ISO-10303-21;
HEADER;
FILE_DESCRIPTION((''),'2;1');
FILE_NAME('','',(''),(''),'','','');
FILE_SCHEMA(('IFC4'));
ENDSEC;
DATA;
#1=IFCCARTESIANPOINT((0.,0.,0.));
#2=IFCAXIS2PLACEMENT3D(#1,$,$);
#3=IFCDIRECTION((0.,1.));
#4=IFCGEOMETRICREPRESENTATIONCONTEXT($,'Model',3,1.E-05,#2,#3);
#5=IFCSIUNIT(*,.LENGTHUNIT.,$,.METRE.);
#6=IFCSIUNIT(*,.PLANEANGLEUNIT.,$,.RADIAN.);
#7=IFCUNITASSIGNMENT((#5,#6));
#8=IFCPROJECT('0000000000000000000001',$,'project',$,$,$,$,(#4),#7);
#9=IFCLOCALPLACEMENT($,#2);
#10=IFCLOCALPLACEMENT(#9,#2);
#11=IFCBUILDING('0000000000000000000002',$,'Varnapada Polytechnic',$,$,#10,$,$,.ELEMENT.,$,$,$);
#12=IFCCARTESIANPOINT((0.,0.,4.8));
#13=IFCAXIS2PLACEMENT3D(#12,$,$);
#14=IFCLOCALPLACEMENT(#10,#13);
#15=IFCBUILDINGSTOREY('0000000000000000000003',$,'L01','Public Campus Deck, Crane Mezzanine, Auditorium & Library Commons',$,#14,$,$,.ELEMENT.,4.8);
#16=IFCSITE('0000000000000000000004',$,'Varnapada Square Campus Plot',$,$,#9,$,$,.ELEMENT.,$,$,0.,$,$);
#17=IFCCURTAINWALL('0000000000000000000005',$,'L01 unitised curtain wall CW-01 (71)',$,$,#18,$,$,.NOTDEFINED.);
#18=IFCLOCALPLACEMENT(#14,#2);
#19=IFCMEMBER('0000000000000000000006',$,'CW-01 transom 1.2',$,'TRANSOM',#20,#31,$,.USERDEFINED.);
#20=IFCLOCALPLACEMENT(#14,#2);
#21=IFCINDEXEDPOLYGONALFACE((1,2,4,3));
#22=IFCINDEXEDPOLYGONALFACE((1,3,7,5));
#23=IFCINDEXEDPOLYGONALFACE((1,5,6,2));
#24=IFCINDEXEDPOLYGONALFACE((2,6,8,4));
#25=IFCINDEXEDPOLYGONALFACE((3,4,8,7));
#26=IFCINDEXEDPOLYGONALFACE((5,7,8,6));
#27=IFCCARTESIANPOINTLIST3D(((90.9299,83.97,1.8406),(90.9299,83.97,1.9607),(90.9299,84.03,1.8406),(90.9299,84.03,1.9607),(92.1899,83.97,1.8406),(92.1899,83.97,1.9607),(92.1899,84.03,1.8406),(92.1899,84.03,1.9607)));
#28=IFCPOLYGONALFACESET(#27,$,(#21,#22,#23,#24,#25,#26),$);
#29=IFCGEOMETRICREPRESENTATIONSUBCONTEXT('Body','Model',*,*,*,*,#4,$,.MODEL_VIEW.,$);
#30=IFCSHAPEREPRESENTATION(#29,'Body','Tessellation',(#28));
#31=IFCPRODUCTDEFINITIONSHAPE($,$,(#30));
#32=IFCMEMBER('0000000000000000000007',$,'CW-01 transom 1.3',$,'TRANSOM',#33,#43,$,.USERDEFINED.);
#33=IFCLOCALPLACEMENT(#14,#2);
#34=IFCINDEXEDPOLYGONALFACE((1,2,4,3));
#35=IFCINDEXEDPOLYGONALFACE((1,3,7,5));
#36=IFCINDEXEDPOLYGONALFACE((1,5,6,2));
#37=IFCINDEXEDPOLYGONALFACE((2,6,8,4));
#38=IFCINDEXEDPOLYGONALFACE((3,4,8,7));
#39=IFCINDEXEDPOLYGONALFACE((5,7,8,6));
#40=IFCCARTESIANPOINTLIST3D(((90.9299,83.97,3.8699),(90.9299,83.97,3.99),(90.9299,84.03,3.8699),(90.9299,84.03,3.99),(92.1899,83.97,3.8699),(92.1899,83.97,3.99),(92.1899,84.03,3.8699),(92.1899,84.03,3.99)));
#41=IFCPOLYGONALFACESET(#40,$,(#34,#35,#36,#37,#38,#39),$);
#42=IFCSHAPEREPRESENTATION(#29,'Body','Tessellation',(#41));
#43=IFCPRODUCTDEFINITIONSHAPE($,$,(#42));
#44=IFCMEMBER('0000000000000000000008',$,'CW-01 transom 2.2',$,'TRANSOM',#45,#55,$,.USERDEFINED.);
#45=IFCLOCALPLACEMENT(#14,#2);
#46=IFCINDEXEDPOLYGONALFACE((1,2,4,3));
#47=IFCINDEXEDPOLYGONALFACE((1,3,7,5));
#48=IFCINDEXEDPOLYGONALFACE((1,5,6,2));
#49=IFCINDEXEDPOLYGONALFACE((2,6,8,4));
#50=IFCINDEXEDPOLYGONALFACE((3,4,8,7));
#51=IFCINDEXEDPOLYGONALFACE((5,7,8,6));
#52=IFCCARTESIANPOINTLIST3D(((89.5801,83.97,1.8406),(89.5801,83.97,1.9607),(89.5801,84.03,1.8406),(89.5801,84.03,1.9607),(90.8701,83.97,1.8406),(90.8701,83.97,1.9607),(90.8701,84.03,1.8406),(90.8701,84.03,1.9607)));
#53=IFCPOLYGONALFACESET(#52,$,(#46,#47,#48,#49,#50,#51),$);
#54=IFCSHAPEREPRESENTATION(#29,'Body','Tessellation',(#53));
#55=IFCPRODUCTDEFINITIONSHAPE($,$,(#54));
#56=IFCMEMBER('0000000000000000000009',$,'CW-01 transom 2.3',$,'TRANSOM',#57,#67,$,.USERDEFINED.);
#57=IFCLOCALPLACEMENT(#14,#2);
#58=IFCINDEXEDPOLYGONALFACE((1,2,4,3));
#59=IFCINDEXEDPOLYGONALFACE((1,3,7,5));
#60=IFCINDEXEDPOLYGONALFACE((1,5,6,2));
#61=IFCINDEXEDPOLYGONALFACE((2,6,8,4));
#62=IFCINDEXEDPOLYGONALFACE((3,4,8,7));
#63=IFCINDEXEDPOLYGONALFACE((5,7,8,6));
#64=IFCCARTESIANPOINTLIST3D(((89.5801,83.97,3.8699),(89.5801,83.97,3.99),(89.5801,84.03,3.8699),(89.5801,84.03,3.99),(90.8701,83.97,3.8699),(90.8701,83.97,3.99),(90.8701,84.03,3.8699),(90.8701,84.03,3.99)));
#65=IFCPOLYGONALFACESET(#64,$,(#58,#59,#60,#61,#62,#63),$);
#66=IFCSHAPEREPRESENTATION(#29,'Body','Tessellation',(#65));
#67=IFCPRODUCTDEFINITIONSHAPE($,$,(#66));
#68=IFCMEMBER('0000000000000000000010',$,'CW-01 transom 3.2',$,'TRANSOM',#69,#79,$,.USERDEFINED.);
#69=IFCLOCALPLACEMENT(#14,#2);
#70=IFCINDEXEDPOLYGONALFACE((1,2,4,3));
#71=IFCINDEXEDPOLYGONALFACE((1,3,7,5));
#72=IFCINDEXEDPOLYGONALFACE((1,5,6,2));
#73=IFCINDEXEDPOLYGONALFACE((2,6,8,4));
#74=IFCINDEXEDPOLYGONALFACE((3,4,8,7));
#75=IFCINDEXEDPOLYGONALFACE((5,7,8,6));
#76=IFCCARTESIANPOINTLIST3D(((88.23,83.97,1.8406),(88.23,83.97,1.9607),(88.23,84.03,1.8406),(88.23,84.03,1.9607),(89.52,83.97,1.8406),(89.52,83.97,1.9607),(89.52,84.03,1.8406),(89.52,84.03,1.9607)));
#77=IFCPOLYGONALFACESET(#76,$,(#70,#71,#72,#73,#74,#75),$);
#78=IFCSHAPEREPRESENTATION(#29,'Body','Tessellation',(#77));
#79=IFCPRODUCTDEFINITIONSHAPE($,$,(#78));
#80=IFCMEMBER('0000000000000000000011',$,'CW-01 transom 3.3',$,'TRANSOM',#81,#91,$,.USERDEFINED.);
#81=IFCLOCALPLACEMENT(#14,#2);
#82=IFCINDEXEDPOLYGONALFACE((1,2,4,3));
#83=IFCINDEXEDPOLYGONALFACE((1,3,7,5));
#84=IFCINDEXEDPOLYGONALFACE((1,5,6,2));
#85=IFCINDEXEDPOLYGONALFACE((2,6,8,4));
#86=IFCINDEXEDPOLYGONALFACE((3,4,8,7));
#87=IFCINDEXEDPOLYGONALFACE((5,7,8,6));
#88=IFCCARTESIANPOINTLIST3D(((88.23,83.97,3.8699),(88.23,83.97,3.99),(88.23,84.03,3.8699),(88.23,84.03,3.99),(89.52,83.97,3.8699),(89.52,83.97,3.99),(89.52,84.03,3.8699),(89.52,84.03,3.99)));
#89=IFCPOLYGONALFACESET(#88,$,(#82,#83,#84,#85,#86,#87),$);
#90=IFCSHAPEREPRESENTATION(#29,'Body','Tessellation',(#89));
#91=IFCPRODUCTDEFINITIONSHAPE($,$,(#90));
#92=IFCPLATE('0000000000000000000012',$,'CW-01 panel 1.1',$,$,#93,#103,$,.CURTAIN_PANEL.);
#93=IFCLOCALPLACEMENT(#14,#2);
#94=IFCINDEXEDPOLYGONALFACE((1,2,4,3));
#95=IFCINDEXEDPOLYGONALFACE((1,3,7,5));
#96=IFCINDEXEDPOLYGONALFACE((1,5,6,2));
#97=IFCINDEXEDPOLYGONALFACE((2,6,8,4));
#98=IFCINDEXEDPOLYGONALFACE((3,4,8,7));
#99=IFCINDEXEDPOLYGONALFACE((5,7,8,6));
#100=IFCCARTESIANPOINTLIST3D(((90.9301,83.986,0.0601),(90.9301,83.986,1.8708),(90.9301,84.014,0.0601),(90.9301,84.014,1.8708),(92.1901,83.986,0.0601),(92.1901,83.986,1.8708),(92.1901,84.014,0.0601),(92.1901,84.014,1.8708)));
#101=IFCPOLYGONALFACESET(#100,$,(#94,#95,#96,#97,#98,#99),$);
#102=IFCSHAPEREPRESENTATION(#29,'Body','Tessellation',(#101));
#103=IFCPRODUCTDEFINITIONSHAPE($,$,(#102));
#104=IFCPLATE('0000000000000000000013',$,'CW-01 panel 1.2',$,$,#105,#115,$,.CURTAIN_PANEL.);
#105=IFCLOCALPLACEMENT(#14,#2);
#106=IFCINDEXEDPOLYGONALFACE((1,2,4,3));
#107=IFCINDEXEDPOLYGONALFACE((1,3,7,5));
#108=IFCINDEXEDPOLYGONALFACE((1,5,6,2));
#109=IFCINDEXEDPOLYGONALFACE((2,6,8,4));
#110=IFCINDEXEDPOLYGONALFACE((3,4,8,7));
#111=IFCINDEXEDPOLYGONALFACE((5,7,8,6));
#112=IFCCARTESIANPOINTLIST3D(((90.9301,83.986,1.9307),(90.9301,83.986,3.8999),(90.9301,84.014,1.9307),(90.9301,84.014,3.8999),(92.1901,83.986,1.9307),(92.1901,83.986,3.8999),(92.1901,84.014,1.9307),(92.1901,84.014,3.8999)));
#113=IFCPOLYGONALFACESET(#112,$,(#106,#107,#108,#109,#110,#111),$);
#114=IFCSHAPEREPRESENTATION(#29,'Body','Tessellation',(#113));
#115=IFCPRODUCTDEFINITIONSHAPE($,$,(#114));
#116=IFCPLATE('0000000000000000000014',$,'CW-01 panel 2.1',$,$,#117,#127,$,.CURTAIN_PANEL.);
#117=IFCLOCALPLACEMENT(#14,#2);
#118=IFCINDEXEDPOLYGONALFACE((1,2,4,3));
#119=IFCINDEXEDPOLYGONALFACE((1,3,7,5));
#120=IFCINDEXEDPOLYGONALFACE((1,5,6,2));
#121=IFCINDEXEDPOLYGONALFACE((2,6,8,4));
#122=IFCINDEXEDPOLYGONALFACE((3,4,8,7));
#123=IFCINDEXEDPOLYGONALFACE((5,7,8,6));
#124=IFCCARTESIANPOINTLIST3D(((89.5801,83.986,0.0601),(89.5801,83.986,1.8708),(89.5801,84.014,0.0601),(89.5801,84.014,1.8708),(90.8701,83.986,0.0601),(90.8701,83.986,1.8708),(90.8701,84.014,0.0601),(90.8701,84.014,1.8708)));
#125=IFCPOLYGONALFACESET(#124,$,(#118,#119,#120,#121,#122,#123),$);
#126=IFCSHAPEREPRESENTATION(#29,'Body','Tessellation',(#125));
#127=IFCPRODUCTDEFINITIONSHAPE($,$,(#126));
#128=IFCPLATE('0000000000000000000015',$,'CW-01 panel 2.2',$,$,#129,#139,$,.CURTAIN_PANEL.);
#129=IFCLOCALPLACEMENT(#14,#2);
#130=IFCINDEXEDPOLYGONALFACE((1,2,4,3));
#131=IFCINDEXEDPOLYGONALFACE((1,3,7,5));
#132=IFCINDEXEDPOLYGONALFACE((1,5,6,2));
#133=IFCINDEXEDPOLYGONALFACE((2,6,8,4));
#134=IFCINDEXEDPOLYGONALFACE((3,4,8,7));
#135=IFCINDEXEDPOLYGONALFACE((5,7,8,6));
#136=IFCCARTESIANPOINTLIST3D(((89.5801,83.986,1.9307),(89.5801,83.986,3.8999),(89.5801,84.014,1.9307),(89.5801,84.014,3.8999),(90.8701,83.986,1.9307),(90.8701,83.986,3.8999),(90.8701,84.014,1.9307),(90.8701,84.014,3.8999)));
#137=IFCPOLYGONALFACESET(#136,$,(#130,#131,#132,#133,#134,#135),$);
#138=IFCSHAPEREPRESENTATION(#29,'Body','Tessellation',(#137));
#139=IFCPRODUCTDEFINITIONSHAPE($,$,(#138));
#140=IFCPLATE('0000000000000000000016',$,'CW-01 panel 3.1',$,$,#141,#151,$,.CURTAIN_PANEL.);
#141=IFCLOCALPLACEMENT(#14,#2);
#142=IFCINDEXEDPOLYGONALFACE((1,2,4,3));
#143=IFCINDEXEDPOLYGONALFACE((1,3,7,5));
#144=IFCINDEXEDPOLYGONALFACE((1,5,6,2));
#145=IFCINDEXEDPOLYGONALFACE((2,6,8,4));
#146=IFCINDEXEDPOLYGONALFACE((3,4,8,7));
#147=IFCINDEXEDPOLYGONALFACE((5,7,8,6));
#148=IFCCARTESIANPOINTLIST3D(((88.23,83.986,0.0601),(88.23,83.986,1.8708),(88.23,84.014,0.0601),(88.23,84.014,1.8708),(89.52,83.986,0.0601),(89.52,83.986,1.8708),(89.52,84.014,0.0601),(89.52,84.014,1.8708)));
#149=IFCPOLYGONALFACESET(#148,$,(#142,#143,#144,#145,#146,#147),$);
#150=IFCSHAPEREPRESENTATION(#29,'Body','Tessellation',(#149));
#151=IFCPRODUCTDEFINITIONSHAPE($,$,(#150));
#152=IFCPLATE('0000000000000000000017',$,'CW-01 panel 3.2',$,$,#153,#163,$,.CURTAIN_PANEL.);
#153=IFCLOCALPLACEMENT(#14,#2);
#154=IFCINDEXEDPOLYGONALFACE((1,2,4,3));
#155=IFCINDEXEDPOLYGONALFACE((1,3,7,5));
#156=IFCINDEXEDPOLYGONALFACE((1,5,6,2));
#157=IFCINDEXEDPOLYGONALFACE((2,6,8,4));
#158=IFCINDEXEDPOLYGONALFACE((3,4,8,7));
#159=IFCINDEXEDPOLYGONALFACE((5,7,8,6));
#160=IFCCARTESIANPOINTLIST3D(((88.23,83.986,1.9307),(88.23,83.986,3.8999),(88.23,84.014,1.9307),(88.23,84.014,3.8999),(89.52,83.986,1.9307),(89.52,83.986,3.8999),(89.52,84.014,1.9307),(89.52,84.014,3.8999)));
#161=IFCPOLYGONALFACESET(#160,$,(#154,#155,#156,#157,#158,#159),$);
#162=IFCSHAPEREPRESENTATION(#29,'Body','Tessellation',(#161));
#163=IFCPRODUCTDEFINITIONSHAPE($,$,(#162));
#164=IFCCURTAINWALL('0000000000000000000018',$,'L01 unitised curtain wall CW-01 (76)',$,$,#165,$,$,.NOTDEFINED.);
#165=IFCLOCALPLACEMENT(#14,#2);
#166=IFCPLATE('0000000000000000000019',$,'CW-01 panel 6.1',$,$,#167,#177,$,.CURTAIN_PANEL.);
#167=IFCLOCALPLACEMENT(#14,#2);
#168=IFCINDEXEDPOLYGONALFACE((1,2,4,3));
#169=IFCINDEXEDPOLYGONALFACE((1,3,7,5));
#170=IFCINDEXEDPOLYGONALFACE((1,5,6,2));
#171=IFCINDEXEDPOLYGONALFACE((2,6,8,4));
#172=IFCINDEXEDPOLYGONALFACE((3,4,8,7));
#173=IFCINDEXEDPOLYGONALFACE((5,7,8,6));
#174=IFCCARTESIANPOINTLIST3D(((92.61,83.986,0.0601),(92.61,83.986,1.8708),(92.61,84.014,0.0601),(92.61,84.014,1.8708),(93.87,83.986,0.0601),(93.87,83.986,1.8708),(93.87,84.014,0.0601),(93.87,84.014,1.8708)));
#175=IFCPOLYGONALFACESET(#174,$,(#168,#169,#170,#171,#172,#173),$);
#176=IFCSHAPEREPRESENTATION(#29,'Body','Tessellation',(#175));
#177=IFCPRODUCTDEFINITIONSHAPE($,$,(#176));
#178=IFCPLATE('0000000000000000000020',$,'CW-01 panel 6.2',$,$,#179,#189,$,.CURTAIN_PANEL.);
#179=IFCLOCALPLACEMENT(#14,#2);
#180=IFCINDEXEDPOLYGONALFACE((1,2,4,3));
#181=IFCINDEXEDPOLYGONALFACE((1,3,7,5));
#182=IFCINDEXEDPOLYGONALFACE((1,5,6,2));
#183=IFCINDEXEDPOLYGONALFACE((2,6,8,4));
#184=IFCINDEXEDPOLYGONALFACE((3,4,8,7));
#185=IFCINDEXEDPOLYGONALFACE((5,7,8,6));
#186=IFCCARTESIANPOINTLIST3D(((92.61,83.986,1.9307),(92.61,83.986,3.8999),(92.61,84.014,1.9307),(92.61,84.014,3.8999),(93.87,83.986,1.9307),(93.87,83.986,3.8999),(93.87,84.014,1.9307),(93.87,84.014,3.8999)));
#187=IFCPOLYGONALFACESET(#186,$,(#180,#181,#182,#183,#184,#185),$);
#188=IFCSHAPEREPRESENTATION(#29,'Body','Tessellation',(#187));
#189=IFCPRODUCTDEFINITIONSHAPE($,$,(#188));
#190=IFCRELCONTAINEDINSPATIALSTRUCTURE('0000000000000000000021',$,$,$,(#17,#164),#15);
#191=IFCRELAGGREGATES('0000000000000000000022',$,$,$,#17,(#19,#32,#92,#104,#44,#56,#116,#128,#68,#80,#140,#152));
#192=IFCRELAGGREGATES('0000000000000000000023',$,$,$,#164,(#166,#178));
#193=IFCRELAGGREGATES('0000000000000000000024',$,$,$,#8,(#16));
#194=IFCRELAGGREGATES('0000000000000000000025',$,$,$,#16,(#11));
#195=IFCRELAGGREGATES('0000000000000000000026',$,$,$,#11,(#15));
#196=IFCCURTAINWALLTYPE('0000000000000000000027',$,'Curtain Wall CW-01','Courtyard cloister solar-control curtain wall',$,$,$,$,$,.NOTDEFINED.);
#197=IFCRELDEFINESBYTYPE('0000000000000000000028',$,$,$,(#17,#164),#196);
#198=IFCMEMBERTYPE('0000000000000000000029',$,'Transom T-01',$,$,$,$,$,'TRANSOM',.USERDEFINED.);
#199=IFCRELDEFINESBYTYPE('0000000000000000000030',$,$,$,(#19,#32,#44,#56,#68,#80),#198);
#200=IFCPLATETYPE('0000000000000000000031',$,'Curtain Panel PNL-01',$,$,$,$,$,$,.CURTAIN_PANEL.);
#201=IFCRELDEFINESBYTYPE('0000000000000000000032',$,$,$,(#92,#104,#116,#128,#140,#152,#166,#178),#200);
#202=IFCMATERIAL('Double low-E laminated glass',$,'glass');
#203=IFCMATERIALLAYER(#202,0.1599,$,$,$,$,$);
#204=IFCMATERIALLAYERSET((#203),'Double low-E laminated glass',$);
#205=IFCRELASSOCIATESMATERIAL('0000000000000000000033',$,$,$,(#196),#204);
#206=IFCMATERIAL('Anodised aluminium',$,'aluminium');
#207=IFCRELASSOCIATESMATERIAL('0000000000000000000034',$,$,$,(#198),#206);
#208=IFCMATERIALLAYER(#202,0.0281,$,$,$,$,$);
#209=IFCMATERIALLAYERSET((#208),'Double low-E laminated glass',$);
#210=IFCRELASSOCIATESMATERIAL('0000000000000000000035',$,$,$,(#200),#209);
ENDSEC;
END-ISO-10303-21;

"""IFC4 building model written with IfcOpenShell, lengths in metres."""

from ifc_helpers import new_model, si_unit, direction, frame, origin, origin_2d, place, context, subcontext, project, spatial, rectangle, extrude, material, layer, layer_set, material_profile, profile_set, type_object, element, aggregate, save


model = new_model("IFC4")

# Units and contexts
model_context = context("Model", 3, precision=1e-05, world=origin(), true_north=direction((0.0, 1.0)))
body_context = subcontext(model_context, "Body", "Model", "MODEL_VIEW")
ifc_project = project(units=[si_unit("LENGTHUNIT", "METRE"), si_unit("PLANEANGLEUNIT", "RADIAN")], contexts=[model_context])

# Site, building, storey
site_placement = place(None, origin())
site = spatial("IfcSite", under=ifc_project, at=site_placement, Name="Varnapada Square Campus Plot", CompositionType="ELEMENT", RefElevation=0.0)
building_placement = place(site_placement, origin())
building = spatial("IfcBuilding", under=site, at=building_placement, Name="Varnapada Polytechnic", CompositionType="ELEMENT")
storey_placement = place(building_placement, frame((0.0, 0.0, 4.8)))
storey = spatial("IfcBuildingStorey", under=building, at=storey_placement, Name="L01", Description="Public Campus Deck, Crane Mezzanine, Auditorium & Library Commons", CompositionType="ELEMENT", Elevation=4.8)

# Curtain wall, members, plates
ifc_material_1 = material(Name="Double low-E laminated glass", Category="glass")
ifc_layer_1 = layer(ifc_material_1, 0.1599)
ifc_layer_set_1 = layer_set([ifc_layer_1], Name="Double low-E laminated glass")
curtain_wall_type = type_object("IfcCurtainWallType", Name="Curtain Wall CW-01", Description="Courtyard cloister solar-control curtain wall", PredefinedType="NOTDEFINED", material=ifc_layer_set_1)
curtain_wall_1_placement = place(storey_placement, origin())
curtain_wall_1 = element("IfcCurtainWall", 1, at=curtain_wall_1_placement, inside=storey, type_object=curtain_wall_type, Name="L01 unitised curtain wall CW-01 (71)", PredefinedType="NOTDEFINED")
ifc_material_2 = material(Name="Anodised aluminium", Category="aluminium")
ifc_material_profile = material_profile(ifc_material_2, rectangle(XDim=0.0601, YDim=0.1201, at=origin_2d()), Name="ALU T60x120")
ifc_profile_set = profile_set([ifc_material_profile], Name="Anodised aluminium")
member_type = type_object("IfcMemberType", Name="Transom T-01", ElementType="TRANSOM", PredefinedType="USERDEFINED", material=ifc_profile_set)
member_1_placement = place(storey_placement, frame((92.1899, 84.0, 1.9006), z_axis=(-1.0, 0.0, 0.0), x_axis=(0.0, -1.0, 0.0)))
member_1 = element("IfcMember", 2, at=member_1_placement, type_object=member_type, Name="CW-01 transom 1.2", ObjectType="TRANSOM", PredefinedType="USERDEFINED", context=body_context, shape_type="SweptSolid", body=[
    extrude(rectangle(XDim=0.0601, YDim=0.1201, at=origin_2d()), origin(), (0.0, 0.0, 1.0), 1.26),
])
member_2_placement = place(storey_placement, frame((92.1899, 84.0, 3.9299), z_axis=(-1.0, 0.0, 0.0), x_axis=(0.0, -1.0, 0.0)))
member_2 = element("IfcMember", 3, at=member_2_placement, type_object=member_type, Name="CW-01 transom 1.3", ObjectType="TRANSOM", PredefinedType="USERDEFINED", context=body_context, shape_type="SweptSolid", body=[
    extrude(rectangle(XDim=0.0601, YDim=0.1201, at=origin_2d()), origin(), (0.0, 0.0, 1.0), 1.26),
])
member_3_placement = place(storey_placement, frame((90.8701, 84.0, 1.9006), z_axis=(-1.0, 0.0, 0.0), x_axis=(0.0, -1.0, 0.0)))
member_3 = element("IfcMember", 4, at=member_3_placement, type_object=member_type, Name="CW-01 transom 2.2", ObjectType="TRANSOM", PredefinedType="USERDEFINED", context=body_context, shape_type="SweptSolid", body=[
    extrude(rectangle(XDim=0.0601, YDim=0.1201, at=origin_2d()), origin(), (0.0, 0.0, 1.0), 1.29),
])
member_4_placement = place(storey_placement, frame((90.8701, 84.0, 3.9299), z_axis=(-1.0, 0.0, 0.0), x_axis=(0.0, -1.0, 0.0)))
member_4 = element("IfcMember", 5, at=member_4_placement, type_object=member_type, Name="CW-01 transom 2.3", ObjectType="TRANSOM", PredefinedType="USERDEFINED", context=body_context, shape_type="SweptSolid", body=[
    extrude(rectangle(XDim=0.0601, YDim=0.1201, at=origin_2d()), origin(), (0.0, 0.0, 1.0), 1.29),
])
member_5_placement = place(storey_placement, frame((89.52, 84.0, 1.9006), z_axis=(-1.0, 0.0, 0.0), x_axis=(0.0, -1.0, 0.0)))
member_5 = element("IfcMember", 6, at=member_5_placement, type_object=member_type, Name="CW-01 transom 3.2", ObjectType="TRANSOM", PredefinedType="USERDEFINED", context=body_context, shape_type="SweptSolid", body=[
    extrude(rectangle(XDim=0.0601, YDim=0.1201, at=origin_2d()), origin(), (0.0, 0.0, 1.0), 1.29),
])
member_6_placement = place(storey_placement, frame((89.52, 84.0, 3.9299), z_axis=(-1.0, 0.0, 0.0), x_axis=(0.0, -1.0, 0.0)))
member_6 = element("IfcMember", 7, at=member_6_placement, type_object=member_type, Name="CW-01 transom 3.3", ObjectType="TRANSOM", PredefinedType="USERDEFINED", context=body_context, shape_type="SweptSolid", body=[
    extrude(rectangle(XDim=0.0601, YDim=0.1201, at=origin_2d()), origin(), (0.0, 0.0, 1.0), 1.29),
])
ifc_layer_2 = layer(ifc_material_1, 0.0281)
ifc_layer_set_2 = layer_set([ifc_layer_2], Name="Double low-E laminated glass")
plate_type = type_object("IfcPlateType", Name="Curtain Panel PNL-01", PredefinedType="CURTAIN_PANEL", material=ifc_layer_set_2)
plate_1_placement = place(storey_placement, frame((91.5601, 84.0, 0.0601), z_axis=(0.0, 0.0, 1.0), x_axis=(-1.0, 0.0, 0.0)))
plate_1 = element("IfcPlate", 8, at=plate_1_placement, type_object=plate_type, Name="CW-01 panel 1.1", PredefinedType="CURTAIN_PANEL", context=body_context, shape_type="SweptSolid", body=[
    extrude(rectangle(XDim=1.26, YDim=0.0281, at=origin_2d()), origin(), (0.0, 0.0, 1.0), 1.8108),
])
plate_2_placement = place(storey_placement, frame((91.5601, 84.0, 1.9307), z_axis=(0.0, 0.0, 1.0), x_axis=(-1.0, 0.0, 0.0)))
plate_2 = element("IfcPlate", 9, at=plate_2_placement, type_object=plate_type, Name="CW-01 panel 1.2", PredefinedType="CURTAIN_PANEL", context=body_context, shape_type="SweptSolid", body=[
    extrude(rectangle(XDim=1.26, YDim=0.0281, at=origin_2d()), origin(), (0.0, 0.0, 1.0), 1.9692),
])
plate_3_placement = place(storey_placement, frame((90.2251, 84.0, 0.0601), z_axis=(0.0, 0.0, 1.0), x_axis=(-1.0, 0.0, 0.0)))
plate_3 = element("IfcPlate", 10, at=plate_3_placement, type_object=plate_type, Name="CW-01 panel 2.1", PredefinedType="CURTAIN_PANEL", context=body_context, shape_type="SweptSolid", body=[
    extrude(rectangle(XDim=1.29, YDim=0.0281, at=origin_2d()), origin(), (0.0, 0.0, 1.0), 1.8108),
])
plate_4_placement = place(storey_placement, frame((90.2251, 84.0, 1.9307), z_axis=(0.0, 0.0, 1.0), x_axis=(-1.0, 0.0, 0.0)))
plate_4 = element("IfcPlate", 11, at=plate_4_placement, type_object=plate_type, Name="CW-01 panel 2.2", PredefinedType="CURTAIN_PANEL", context=body_context, shape_type="SweptSolid", body=[
    extrude(rectangle(XDim=1.29, YDim=0.0281, at=origin_2d()), origin(), (0.0, 0.0, 1.0), 1.9692),
])
plate_5_placement = place(storey_placement, frame((88.875, 84.0, 0.0601), z_axis=(0.0, 0.0, 1.0), x_axis=(-1.0, 0.0, 0.0)))
plate_5 = element("IfcPlate", 12, at=plate_5_placement, type_object=plate_type, Name="CW-01 panel 3.1", PredefinedType="CURTAIN_PANEL", context=body_context, shape_type="SweptSolid", body=[
    extrude(rectangle(XDim=1.29, YDim=0.0281, at=origin_2d()), origin(), (0.0, 0.0, 1.0), 1.8108),
])
plate_6_placement = place(storey_placement, frame((88.875, 84.0, 1.9307), z_axis=(0.0, 0.0, 1.0), x_axis=(-1.0, 0.0, 0.0)))
plate_6 = element("IfcPlate", 13, at=plate_6_placement, type_object=plate_type, Name="CW-01 panel 3.2", PredefinedType="CURTAIN_PANEL", context=body_context, shape_type="SweptSolid", body=[
    extrude(rectangle(XDim=1.29, YDim=0.0281, at=origin_2d()), origin(), (0.0, 0.0, 1.0), 1.9692),
])
aggregate(curtain_wall_1, [member_1, member_2, plate_1, plate_2, member_3, member_4, plate_3, plate_4, member_5, member_6, plate_5, plate_6])

# Curtain wall, plates
curtain_wall_2_placement = place(storey_placement, origin())
curtain_wall_2 = element("IfcCurtainWall", 14, at=curtain_wall_2_placement, inside=storey, type_object=curtain_wall_type, Name="L01 unitised curtain wall CW-01 (76)", PredefinedType="NOTDEFINED")
plate_7_placement = place(storey_placement, frame((93.24, 84.0, 0.0601), z_axis=(0.0, 0.0, 1.0), x_axis=(-1.0, 0.0, 0.0)))
plate_7 = element("IfcPlate", 15, at=plate_7_placement, type_object=plate_type, Name="CW-01 panel 6.1", PredefinedType="CURTAIN_PANEL", context=body_context, shape_type="SweptSolid", body=[
    extrude(rectangle(XDim=1.26, YDim=0.0281, at=origin_2d()), origin(), (0.0, 0.0, 1.0), 1.8108),
])
plate_8_placement = place(storey_placement, frame((93.24, 84.0, 1.9307), z_axis=(0.0, 0.0, 1.0), x_axis=(-1.0, 0.0, 0.0)))
plate_8 = element("IfcPlate", 16, at=plate_8_placement, type_object=plate_type, Name="CW-01 panel 6.2", PredefinedType="CURTAIN_PANEL", context=body_context, shape_type="SweptSolid", body=[
    extrude(rectangle(XDim=1.26, YDim=0.0281, at=origin_2d()), origin(), (0.0, 0.0, 1.0), 1.9692),
])
aggregate(curtain_wall_2, [plate_7, plate_8])

save(model, "model.ifc")
